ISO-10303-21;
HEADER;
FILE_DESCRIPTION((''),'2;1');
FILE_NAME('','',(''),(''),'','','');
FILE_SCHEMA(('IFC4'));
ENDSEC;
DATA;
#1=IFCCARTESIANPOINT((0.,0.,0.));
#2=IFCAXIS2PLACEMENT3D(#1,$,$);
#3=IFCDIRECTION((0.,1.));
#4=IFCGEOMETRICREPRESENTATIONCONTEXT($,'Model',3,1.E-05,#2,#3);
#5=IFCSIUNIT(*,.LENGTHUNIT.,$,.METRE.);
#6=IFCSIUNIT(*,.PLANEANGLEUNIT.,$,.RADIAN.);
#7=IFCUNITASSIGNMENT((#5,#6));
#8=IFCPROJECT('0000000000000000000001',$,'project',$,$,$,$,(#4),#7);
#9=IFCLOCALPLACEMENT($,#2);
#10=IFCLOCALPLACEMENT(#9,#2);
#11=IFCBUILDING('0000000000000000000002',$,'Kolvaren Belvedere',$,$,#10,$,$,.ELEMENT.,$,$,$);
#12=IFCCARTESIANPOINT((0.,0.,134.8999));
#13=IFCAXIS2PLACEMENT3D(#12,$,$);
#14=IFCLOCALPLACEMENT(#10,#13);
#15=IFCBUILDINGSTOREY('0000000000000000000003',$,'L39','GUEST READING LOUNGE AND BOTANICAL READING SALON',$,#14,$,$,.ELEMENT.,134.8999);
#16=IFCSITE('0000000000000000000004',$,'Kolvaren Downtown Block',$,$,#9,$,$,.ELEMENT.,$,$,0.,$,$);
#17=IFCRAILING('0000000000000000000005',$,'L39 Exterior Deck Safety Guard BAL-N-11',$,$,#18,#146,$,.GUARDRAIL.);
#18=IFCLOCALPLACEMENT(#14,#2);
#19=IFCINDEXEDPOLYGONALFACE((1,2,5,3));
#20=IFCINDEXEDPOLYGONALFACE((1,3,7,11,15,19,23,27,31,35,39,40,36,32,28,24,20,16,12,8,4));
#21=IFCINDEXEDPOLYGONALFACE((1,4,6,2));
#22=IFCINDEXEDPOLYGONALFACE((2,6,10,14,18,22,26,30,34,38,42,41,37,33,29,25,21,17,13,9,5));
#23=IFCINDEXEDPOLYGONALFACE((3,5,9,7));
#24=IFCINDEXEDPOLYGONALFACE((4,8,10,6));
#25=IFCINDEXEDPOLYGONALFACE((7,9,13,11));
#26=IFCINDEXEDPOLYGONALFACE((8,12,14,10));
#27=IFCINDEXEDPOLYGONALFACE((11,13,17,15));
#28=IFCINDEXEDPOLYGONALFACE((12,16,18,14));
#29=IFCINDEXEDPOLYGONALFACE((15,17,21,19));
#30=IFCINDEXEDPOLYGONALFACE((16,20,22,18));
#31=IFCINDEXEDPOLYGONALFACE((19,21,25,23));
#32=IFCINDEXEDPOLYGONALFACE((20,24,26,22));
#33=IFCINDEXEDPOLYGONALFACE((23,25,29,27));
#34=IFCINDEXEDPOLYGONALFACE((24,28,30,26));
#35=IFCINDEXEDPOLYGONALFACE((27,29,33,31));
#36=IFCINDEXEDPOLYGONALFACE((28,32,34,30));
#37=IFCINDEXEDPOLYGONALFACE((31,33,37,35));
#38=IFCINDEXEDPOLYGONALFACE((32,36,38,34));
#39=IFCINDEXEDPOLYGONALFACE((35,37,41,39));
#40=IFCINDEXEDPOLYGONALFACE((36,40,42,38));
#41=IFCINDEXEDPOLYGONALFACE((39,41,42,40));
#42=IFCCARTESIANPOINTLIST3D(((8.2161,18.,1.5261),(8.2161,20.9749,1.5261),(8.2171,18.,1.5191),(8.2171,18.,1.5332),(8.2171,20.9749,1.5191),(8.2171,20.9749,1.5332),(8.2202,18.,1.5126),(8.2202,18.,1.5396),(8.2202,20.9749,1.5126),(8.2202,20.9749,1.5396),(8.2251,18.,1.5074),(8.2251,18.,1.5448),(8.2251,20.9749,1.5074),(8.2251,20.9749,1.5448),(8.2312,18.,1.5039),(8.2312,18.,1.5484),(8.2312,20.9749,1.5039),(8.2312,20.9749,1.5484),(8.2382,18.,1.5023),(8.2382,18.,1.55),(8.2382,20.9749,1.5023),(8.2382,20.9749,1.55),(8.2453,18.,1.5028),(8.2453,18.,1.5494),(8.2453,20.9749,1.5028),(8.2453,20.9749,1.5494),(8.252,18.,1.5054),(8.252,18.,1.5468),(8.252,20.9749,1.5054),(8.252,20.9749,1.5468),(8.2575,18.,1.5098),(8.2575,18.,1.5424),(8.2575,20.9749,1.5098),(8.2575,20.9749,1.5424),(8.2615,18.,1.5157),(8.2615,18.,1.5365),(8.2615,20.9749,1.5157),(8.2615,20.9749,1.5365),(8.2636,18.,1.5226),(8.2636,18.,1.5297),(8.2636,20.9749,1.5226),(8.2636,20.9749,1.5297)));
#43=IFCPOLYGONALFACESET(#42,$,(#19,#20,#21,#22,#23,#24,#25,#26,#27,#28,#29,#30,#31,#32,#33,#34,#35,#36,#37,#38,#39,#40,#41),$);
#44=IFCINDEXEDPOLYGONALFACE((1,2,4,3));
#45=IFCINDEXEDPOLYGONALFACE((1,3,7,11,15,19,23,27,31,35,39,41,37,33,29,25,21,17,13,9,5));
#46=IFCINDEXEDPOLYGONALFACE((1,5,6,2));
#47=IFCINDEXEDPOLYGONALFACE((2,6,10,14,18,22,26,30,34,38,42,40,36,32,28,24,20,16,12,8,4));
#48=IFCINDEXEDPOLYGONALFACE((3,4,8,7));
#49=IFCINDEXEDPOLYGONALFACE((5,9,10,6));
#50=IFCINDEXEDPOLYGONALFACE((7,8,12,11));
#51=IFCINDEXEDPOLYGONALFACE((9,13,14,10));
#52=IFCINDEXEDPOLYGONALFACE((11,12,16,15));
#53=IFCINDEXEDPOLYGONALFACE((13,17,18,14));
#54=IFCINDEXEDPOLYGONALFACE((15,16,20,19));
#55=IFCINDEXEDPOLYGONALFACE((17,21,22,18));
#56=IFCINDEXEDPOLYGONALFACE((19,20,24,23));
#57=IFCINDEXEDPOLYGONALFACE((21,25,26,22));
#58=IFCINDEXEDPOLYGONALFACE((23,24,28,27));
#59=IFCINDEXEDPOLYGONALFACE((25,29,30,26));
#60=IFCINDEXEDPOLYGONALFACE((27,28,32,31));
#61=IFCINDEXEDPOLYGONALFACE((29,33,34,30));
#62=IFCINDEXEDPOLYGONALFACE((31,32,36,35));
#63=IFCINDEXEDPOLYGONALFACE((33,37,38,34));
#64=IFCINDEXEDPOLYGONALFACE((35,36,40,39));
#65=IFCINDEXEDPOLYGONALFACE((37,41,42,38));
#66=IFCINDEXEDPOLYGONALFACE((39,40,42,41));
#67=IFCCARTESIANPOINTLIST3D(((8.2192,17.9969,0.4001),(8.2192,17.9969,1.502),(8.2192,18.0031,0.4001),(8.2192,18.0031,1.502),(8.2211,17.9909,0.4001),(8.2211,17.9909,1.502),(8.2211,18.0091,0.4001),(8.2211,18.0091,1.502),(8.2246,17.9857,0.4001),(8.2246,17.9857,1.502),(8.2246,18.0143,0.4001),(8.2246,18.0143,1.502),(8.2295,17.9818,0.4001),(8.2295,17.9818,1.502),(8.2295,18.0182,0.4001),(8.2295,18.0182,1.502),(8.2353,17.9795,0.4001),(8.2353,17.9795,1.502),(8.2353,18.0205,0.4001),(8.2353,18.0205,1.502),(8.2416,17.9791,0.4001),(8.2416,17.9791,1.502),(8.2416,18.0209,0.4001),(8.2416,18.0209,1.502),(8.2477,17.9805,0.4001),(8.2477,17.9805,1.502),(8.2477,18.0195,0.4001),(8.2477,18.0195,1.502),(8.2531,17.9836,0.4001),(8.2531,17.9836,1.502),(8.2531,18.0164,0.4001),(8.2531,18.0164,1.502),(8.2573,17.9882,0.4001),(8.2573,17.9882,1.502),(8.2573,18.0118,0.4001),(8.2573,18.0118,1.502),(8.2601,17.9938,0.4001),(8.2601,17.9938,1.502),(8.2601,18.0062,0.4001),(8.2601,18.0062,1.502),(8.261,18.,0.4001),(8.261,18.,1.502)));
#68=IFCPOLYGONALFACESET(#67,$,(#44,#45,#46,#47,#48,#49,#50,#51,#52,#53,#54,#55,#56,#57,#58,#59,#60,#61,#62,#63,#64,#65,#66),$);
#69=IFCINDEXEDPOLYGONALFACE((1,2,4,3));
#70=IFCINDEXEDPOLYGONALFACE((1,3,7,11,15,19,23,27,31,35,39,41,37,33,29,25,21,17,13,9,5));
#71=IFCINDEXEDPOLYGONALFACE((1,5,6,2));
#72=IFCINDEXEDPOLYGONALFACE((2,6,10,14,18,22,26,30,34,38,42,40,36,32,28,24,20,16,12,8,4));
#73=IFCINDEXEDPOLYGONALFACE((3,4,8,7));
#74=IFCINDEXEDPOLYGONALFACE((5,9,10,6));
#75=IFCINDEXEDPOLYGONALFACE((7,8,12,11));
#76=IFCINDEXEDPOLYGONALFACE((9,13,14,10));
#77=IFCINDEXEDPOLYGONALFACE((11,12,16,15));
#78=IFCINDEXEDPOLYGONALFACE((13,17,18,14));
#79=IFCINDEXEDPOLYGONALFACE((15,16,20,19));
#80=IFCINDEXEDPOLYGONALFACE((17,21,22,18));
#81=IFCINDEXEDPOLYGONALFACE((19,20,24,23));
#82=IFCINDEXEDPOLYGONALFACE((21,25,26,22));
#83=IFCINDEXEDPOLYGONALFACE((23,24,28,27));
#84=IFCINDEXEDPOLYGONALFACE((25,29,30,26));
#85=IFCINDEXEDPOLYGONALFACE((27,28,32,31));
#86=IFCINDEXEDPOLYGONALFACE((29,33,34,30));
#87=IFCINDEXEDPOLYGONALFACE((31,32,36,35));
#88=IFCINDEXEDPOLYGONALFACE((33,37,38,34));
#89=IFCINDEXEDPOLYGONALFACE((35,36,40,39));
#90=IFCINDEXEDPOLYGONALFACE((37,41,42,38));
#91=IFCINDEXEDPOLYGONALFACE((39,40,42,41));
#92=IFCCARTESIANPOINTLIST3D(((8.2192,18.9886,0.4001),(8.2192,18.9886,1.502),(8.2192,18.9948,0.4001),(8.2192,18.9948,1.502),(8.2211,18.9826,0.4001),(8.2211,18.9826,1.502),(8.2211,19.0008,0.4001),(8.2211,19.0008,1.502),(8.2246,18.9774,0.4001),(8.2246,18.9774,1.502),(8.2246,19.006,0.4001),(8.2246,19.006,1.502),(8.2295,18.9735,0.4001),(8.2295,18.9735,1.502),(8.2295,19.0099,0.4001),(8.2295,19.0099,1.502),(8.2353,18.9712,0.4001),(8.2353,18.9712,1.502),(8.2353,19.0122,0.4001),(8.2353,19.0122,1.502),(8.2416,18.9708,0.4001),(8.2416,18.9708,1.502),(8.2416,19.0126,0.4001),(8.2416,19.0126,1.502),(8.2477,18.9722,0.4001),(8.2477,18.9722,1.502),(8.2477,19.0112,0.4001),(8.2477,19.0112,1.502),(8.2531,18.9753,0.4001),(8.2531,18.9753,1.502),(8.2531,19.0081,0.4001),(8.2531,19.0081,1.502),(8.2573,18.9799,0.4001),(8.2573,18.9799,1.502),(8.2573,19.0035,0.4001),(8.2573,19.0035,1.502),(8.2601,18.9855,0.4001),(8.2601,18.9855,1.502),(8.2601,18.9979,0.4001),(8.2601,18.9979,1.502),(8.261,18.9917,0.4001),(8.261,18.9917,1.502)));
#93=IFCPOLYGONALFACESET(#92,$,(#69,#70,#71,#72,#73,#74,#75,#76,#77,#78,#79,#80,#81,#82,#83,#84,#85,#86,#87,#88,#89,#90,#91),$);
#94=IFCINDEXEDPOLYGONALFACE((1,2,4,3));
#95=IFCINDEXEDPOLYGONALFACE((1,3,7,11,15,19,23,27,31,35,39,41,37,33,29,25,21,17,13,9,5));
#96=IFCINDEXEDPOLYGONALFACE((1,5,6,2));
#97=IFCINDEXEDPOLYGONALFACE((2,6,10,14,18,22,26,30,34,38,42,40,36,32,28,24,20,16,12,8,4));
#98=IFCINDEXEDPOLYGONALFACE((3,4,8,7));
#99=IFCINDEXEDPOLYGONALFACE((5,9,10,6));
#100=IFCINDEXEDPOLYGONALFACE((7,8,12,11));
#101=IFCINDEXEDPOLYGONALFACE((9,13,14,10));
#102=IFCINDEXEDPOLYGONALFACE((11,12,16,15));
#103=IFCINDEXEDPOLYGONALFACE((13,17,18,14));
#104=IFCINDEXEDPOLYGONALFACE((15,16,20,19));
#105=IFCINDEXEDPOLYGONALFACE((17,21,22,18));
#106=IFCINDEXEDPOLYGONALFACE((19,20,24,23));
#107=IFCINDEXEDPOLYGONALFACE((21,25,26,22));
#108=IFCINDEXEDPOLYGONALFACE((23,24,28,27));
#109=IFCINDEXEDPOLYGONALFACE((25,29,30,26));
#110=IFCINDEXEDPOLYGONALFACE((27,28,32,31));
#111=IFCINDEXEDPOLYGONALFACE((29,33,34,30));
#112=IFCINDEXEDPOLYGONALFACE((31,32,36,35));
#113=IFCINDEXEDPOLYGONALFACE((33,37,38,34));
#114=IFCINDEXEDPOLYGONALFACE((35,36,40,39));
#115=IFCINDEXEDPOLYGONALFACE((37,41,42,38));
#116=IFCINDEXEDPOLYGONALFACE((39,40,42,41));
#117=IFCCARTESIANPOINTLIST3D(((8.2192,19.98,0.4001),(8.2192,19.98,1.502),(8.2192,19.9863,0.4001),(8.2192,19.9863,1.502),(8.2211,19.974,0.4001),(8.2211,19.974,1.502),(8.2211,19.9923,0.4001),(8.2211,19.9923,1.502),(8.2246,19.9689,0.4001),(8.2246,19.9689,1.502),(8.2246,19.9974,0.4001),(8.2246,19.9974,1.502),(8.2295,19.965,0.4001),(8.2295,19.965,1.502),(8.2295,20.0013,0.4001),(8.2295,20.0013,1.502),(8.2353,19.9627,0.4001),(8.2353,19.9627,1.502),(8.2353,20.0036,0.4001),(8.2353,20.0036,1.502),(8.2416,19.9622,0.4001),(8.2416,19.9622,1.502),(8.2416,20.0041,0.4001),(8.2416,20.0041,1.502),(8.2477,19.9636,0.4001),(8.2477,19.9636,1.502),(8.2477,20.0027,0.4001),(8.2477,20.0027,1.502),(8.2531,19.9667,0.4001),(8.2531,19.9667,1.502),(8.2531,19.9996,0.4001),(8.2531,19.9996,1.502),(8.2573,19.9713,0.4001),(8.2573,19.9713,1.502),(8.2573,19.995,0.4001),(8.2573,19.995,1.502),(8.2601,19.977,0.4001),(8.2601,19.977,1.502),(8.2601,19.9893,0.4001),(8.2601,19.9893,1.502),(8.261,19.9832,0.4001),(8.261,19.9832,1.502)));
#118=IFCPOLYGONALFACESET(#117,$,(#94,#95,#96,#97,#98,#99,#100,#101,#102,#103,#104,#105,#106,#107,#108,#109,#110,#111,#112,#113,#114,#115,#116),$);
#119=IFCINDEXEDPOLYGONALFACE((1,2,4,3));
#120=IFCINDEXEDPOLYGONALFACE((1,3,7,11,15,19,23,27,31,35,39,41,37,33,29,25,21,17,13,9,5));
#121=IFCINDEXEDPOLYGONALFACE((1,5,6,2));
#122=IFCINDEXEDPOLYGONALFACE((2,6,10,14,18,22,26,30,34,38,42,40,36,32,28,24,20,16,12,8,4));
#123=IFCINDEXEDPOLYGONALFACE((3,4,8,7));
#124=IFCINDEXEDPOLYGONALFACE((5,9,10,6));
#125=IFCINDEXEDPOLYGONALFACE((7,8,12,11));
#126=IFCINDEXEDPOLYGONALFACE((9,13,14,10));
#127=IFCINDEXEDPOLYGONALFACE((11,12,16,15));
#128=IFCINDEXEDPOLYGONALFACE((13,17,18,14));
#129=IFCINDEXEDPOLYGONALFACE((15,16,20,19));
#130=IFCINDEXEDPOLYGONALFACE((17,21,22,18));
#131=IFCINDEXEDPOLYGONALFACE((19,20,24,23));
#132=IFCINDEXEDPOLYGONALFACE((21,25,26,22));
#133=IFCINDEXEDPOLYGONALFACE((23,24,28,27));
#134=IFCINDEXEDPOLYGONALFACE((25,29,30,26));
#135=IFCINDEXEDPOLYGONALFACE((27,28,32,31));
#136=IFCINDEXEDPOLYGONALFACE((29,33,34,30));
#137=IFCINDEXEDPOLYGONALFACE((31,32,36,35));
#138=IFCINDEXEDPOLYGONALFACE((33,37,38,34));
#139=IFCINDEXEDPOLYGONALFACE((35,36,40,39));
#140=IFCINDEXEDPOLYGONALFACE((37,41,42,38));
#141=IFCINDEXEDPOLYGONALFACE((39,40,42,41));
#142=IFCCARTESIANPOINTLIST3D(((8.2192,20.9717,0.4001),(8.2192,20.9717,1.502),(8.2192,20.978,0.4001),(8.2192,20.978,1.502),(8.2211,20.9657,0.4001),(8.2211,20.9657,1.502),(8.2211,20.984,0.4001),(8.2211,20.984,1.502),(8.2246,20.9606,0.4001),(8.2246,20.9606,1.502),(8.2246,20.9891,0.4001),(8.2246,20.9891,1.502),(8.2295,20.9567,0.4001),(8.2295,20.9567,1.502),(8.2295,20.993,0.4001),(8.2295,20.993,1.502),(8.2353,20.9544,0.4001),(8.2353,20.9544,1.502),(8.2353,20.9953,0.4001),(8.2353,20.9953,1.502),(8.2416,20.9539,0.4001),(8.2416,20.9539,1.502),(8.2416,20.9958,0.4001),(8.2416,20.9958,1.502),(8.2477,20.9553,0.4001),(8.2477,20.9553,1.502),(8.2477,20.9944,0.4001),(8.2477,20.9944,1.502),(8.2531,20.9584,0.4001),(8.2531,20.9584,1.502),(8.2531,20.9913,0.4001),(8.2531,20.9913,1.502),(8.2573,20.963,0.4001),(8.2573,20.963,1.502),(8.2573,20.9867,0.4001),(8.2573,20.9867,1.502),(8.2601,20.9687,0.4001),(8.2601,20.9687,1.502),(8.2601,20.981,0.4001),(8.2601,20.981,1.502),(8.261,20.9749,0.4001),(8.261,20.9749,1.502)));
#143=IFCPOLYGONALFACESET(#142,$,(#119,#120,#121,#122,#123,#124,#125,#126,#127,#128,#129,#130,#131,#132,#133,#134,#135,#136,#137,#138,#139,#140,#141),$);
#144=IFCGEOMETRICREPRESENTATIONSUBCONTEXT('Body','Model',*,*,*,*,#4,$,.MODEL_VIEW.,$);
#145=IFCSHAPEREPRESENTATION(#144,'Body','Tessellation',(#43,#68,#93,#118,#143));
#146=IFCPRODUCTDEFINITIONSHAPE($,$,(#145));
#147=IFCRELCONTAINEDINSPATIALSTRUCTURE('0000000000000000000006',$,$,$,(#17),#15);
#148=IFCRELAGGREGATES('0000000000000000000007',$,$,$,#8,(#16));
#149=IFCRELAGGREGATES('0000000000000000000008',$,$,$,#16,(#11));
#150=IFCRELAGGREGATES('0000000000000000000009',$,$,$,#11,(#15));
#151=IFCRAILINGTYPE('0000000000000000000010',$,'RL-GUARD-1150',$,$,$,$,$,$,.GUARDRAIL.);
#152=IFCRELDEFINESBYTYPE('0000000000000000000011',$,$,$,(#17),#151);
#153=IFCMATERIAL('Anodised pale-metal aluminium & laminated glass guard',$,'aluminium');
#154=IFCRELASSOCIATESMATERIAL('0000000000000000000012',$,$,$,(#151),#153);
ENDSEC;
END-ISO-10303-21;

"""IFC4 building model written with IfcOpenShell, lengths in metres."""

from ifc_helpers import new_model, si_unit, direction, frame, origin, origin_2d, place, context, subcontext, project, spatial, circle, extrude, material, type_object, element, save


model = new_model("IFC4")

# Units and contexts
model_context = context("Model", 3, precision=1e-05, world=origin(), true_north=direction((0.0, 1.0)))
body_context = subcontext(model_context, "Body", "Model", "MODEL_VIEW")
ifc_project = project(units=[si_unit("LENGTHUNIT", "METRE"), si_unit("PLANEANGLEUNIT", "RADIAN")], contexts=[model_context])

# Site, building, storey
site_placement = place(None, origin())
site = spatial("IfcSite", under=ifc_project, at=site_placement, Name="Kolvaren Downtown Block", CompositionType="ELEMENT", RefElevation=0.0)
building_placement = place(site_placement, origin())
building = spatial("IfcBuilding", under=site, at=building_placement, Name="Kolvaren Belvedere", CompositionType="ELEMENT")
storey_placement = place(building_placement, frame((0.0, 0.0, 134.8999)))
storey = spatial("IfcBuildingStorey", under=building, at=storey_placement, Name="L39", Description="GUEST READING LOUNGE AND BOTANICAL READING SALON", CompositionType="ELEMENT", Elevation=134.8999)

# Railing
ifc_material_1 = material(Name="Anodised pale-metal aluminium & laminated glass guard", Category="aluminium")
railing_type = type_object("IfcRailingType", Name="RL-GUARD-1150", PredefinedType="GUARDRAIL", material=ifc_material_1)
railing_1_placement = place(storey_placement, frame((8.24, 18.0, 0.4001)))
element("IfcRailing", 1, at=railing_1_placement, inside=storey, type_object=railing_type, Name="L39 Exterior Deck Safety Guard BAL-N-11", PredefinedType="GUARDRAIL", context=body_context, shape_type="SweptSolid", body=[
    extrude(circle(Radius=0.0239, at=origin_2d()), frame((0.0, 0.0, 1.126), z_axis=(0.0, 1.0, 0.0), x_axis=(-1.0, 0.0, 0.0)), (0.0, 0.0, 1.0), 2.9749),
    extrude(circle(Radius=0.021, at=origin_2d()), origin(), (0.0, 0.0, 1.0), 1.1018),
    extrude(circle(Radius=0.021, at=origin_2d()), frame((0.0, 0.9917, 0.0)), (0.0, 0.0, 1.0), 1.1018),
    extrude(circle(Radius=0.021, at=origin_2d()), frame((0.0, 1.9832, 0.0)), (0.0, 0.0, 1.0), 1.1018),
    extrude(circle(Radius=0.021, at=origin_2d()), frame((0.0, 2.9749, 0.0)), (0.0, 0.0, 1.0), 1.1018),
])

save(model, "model.ifc")
